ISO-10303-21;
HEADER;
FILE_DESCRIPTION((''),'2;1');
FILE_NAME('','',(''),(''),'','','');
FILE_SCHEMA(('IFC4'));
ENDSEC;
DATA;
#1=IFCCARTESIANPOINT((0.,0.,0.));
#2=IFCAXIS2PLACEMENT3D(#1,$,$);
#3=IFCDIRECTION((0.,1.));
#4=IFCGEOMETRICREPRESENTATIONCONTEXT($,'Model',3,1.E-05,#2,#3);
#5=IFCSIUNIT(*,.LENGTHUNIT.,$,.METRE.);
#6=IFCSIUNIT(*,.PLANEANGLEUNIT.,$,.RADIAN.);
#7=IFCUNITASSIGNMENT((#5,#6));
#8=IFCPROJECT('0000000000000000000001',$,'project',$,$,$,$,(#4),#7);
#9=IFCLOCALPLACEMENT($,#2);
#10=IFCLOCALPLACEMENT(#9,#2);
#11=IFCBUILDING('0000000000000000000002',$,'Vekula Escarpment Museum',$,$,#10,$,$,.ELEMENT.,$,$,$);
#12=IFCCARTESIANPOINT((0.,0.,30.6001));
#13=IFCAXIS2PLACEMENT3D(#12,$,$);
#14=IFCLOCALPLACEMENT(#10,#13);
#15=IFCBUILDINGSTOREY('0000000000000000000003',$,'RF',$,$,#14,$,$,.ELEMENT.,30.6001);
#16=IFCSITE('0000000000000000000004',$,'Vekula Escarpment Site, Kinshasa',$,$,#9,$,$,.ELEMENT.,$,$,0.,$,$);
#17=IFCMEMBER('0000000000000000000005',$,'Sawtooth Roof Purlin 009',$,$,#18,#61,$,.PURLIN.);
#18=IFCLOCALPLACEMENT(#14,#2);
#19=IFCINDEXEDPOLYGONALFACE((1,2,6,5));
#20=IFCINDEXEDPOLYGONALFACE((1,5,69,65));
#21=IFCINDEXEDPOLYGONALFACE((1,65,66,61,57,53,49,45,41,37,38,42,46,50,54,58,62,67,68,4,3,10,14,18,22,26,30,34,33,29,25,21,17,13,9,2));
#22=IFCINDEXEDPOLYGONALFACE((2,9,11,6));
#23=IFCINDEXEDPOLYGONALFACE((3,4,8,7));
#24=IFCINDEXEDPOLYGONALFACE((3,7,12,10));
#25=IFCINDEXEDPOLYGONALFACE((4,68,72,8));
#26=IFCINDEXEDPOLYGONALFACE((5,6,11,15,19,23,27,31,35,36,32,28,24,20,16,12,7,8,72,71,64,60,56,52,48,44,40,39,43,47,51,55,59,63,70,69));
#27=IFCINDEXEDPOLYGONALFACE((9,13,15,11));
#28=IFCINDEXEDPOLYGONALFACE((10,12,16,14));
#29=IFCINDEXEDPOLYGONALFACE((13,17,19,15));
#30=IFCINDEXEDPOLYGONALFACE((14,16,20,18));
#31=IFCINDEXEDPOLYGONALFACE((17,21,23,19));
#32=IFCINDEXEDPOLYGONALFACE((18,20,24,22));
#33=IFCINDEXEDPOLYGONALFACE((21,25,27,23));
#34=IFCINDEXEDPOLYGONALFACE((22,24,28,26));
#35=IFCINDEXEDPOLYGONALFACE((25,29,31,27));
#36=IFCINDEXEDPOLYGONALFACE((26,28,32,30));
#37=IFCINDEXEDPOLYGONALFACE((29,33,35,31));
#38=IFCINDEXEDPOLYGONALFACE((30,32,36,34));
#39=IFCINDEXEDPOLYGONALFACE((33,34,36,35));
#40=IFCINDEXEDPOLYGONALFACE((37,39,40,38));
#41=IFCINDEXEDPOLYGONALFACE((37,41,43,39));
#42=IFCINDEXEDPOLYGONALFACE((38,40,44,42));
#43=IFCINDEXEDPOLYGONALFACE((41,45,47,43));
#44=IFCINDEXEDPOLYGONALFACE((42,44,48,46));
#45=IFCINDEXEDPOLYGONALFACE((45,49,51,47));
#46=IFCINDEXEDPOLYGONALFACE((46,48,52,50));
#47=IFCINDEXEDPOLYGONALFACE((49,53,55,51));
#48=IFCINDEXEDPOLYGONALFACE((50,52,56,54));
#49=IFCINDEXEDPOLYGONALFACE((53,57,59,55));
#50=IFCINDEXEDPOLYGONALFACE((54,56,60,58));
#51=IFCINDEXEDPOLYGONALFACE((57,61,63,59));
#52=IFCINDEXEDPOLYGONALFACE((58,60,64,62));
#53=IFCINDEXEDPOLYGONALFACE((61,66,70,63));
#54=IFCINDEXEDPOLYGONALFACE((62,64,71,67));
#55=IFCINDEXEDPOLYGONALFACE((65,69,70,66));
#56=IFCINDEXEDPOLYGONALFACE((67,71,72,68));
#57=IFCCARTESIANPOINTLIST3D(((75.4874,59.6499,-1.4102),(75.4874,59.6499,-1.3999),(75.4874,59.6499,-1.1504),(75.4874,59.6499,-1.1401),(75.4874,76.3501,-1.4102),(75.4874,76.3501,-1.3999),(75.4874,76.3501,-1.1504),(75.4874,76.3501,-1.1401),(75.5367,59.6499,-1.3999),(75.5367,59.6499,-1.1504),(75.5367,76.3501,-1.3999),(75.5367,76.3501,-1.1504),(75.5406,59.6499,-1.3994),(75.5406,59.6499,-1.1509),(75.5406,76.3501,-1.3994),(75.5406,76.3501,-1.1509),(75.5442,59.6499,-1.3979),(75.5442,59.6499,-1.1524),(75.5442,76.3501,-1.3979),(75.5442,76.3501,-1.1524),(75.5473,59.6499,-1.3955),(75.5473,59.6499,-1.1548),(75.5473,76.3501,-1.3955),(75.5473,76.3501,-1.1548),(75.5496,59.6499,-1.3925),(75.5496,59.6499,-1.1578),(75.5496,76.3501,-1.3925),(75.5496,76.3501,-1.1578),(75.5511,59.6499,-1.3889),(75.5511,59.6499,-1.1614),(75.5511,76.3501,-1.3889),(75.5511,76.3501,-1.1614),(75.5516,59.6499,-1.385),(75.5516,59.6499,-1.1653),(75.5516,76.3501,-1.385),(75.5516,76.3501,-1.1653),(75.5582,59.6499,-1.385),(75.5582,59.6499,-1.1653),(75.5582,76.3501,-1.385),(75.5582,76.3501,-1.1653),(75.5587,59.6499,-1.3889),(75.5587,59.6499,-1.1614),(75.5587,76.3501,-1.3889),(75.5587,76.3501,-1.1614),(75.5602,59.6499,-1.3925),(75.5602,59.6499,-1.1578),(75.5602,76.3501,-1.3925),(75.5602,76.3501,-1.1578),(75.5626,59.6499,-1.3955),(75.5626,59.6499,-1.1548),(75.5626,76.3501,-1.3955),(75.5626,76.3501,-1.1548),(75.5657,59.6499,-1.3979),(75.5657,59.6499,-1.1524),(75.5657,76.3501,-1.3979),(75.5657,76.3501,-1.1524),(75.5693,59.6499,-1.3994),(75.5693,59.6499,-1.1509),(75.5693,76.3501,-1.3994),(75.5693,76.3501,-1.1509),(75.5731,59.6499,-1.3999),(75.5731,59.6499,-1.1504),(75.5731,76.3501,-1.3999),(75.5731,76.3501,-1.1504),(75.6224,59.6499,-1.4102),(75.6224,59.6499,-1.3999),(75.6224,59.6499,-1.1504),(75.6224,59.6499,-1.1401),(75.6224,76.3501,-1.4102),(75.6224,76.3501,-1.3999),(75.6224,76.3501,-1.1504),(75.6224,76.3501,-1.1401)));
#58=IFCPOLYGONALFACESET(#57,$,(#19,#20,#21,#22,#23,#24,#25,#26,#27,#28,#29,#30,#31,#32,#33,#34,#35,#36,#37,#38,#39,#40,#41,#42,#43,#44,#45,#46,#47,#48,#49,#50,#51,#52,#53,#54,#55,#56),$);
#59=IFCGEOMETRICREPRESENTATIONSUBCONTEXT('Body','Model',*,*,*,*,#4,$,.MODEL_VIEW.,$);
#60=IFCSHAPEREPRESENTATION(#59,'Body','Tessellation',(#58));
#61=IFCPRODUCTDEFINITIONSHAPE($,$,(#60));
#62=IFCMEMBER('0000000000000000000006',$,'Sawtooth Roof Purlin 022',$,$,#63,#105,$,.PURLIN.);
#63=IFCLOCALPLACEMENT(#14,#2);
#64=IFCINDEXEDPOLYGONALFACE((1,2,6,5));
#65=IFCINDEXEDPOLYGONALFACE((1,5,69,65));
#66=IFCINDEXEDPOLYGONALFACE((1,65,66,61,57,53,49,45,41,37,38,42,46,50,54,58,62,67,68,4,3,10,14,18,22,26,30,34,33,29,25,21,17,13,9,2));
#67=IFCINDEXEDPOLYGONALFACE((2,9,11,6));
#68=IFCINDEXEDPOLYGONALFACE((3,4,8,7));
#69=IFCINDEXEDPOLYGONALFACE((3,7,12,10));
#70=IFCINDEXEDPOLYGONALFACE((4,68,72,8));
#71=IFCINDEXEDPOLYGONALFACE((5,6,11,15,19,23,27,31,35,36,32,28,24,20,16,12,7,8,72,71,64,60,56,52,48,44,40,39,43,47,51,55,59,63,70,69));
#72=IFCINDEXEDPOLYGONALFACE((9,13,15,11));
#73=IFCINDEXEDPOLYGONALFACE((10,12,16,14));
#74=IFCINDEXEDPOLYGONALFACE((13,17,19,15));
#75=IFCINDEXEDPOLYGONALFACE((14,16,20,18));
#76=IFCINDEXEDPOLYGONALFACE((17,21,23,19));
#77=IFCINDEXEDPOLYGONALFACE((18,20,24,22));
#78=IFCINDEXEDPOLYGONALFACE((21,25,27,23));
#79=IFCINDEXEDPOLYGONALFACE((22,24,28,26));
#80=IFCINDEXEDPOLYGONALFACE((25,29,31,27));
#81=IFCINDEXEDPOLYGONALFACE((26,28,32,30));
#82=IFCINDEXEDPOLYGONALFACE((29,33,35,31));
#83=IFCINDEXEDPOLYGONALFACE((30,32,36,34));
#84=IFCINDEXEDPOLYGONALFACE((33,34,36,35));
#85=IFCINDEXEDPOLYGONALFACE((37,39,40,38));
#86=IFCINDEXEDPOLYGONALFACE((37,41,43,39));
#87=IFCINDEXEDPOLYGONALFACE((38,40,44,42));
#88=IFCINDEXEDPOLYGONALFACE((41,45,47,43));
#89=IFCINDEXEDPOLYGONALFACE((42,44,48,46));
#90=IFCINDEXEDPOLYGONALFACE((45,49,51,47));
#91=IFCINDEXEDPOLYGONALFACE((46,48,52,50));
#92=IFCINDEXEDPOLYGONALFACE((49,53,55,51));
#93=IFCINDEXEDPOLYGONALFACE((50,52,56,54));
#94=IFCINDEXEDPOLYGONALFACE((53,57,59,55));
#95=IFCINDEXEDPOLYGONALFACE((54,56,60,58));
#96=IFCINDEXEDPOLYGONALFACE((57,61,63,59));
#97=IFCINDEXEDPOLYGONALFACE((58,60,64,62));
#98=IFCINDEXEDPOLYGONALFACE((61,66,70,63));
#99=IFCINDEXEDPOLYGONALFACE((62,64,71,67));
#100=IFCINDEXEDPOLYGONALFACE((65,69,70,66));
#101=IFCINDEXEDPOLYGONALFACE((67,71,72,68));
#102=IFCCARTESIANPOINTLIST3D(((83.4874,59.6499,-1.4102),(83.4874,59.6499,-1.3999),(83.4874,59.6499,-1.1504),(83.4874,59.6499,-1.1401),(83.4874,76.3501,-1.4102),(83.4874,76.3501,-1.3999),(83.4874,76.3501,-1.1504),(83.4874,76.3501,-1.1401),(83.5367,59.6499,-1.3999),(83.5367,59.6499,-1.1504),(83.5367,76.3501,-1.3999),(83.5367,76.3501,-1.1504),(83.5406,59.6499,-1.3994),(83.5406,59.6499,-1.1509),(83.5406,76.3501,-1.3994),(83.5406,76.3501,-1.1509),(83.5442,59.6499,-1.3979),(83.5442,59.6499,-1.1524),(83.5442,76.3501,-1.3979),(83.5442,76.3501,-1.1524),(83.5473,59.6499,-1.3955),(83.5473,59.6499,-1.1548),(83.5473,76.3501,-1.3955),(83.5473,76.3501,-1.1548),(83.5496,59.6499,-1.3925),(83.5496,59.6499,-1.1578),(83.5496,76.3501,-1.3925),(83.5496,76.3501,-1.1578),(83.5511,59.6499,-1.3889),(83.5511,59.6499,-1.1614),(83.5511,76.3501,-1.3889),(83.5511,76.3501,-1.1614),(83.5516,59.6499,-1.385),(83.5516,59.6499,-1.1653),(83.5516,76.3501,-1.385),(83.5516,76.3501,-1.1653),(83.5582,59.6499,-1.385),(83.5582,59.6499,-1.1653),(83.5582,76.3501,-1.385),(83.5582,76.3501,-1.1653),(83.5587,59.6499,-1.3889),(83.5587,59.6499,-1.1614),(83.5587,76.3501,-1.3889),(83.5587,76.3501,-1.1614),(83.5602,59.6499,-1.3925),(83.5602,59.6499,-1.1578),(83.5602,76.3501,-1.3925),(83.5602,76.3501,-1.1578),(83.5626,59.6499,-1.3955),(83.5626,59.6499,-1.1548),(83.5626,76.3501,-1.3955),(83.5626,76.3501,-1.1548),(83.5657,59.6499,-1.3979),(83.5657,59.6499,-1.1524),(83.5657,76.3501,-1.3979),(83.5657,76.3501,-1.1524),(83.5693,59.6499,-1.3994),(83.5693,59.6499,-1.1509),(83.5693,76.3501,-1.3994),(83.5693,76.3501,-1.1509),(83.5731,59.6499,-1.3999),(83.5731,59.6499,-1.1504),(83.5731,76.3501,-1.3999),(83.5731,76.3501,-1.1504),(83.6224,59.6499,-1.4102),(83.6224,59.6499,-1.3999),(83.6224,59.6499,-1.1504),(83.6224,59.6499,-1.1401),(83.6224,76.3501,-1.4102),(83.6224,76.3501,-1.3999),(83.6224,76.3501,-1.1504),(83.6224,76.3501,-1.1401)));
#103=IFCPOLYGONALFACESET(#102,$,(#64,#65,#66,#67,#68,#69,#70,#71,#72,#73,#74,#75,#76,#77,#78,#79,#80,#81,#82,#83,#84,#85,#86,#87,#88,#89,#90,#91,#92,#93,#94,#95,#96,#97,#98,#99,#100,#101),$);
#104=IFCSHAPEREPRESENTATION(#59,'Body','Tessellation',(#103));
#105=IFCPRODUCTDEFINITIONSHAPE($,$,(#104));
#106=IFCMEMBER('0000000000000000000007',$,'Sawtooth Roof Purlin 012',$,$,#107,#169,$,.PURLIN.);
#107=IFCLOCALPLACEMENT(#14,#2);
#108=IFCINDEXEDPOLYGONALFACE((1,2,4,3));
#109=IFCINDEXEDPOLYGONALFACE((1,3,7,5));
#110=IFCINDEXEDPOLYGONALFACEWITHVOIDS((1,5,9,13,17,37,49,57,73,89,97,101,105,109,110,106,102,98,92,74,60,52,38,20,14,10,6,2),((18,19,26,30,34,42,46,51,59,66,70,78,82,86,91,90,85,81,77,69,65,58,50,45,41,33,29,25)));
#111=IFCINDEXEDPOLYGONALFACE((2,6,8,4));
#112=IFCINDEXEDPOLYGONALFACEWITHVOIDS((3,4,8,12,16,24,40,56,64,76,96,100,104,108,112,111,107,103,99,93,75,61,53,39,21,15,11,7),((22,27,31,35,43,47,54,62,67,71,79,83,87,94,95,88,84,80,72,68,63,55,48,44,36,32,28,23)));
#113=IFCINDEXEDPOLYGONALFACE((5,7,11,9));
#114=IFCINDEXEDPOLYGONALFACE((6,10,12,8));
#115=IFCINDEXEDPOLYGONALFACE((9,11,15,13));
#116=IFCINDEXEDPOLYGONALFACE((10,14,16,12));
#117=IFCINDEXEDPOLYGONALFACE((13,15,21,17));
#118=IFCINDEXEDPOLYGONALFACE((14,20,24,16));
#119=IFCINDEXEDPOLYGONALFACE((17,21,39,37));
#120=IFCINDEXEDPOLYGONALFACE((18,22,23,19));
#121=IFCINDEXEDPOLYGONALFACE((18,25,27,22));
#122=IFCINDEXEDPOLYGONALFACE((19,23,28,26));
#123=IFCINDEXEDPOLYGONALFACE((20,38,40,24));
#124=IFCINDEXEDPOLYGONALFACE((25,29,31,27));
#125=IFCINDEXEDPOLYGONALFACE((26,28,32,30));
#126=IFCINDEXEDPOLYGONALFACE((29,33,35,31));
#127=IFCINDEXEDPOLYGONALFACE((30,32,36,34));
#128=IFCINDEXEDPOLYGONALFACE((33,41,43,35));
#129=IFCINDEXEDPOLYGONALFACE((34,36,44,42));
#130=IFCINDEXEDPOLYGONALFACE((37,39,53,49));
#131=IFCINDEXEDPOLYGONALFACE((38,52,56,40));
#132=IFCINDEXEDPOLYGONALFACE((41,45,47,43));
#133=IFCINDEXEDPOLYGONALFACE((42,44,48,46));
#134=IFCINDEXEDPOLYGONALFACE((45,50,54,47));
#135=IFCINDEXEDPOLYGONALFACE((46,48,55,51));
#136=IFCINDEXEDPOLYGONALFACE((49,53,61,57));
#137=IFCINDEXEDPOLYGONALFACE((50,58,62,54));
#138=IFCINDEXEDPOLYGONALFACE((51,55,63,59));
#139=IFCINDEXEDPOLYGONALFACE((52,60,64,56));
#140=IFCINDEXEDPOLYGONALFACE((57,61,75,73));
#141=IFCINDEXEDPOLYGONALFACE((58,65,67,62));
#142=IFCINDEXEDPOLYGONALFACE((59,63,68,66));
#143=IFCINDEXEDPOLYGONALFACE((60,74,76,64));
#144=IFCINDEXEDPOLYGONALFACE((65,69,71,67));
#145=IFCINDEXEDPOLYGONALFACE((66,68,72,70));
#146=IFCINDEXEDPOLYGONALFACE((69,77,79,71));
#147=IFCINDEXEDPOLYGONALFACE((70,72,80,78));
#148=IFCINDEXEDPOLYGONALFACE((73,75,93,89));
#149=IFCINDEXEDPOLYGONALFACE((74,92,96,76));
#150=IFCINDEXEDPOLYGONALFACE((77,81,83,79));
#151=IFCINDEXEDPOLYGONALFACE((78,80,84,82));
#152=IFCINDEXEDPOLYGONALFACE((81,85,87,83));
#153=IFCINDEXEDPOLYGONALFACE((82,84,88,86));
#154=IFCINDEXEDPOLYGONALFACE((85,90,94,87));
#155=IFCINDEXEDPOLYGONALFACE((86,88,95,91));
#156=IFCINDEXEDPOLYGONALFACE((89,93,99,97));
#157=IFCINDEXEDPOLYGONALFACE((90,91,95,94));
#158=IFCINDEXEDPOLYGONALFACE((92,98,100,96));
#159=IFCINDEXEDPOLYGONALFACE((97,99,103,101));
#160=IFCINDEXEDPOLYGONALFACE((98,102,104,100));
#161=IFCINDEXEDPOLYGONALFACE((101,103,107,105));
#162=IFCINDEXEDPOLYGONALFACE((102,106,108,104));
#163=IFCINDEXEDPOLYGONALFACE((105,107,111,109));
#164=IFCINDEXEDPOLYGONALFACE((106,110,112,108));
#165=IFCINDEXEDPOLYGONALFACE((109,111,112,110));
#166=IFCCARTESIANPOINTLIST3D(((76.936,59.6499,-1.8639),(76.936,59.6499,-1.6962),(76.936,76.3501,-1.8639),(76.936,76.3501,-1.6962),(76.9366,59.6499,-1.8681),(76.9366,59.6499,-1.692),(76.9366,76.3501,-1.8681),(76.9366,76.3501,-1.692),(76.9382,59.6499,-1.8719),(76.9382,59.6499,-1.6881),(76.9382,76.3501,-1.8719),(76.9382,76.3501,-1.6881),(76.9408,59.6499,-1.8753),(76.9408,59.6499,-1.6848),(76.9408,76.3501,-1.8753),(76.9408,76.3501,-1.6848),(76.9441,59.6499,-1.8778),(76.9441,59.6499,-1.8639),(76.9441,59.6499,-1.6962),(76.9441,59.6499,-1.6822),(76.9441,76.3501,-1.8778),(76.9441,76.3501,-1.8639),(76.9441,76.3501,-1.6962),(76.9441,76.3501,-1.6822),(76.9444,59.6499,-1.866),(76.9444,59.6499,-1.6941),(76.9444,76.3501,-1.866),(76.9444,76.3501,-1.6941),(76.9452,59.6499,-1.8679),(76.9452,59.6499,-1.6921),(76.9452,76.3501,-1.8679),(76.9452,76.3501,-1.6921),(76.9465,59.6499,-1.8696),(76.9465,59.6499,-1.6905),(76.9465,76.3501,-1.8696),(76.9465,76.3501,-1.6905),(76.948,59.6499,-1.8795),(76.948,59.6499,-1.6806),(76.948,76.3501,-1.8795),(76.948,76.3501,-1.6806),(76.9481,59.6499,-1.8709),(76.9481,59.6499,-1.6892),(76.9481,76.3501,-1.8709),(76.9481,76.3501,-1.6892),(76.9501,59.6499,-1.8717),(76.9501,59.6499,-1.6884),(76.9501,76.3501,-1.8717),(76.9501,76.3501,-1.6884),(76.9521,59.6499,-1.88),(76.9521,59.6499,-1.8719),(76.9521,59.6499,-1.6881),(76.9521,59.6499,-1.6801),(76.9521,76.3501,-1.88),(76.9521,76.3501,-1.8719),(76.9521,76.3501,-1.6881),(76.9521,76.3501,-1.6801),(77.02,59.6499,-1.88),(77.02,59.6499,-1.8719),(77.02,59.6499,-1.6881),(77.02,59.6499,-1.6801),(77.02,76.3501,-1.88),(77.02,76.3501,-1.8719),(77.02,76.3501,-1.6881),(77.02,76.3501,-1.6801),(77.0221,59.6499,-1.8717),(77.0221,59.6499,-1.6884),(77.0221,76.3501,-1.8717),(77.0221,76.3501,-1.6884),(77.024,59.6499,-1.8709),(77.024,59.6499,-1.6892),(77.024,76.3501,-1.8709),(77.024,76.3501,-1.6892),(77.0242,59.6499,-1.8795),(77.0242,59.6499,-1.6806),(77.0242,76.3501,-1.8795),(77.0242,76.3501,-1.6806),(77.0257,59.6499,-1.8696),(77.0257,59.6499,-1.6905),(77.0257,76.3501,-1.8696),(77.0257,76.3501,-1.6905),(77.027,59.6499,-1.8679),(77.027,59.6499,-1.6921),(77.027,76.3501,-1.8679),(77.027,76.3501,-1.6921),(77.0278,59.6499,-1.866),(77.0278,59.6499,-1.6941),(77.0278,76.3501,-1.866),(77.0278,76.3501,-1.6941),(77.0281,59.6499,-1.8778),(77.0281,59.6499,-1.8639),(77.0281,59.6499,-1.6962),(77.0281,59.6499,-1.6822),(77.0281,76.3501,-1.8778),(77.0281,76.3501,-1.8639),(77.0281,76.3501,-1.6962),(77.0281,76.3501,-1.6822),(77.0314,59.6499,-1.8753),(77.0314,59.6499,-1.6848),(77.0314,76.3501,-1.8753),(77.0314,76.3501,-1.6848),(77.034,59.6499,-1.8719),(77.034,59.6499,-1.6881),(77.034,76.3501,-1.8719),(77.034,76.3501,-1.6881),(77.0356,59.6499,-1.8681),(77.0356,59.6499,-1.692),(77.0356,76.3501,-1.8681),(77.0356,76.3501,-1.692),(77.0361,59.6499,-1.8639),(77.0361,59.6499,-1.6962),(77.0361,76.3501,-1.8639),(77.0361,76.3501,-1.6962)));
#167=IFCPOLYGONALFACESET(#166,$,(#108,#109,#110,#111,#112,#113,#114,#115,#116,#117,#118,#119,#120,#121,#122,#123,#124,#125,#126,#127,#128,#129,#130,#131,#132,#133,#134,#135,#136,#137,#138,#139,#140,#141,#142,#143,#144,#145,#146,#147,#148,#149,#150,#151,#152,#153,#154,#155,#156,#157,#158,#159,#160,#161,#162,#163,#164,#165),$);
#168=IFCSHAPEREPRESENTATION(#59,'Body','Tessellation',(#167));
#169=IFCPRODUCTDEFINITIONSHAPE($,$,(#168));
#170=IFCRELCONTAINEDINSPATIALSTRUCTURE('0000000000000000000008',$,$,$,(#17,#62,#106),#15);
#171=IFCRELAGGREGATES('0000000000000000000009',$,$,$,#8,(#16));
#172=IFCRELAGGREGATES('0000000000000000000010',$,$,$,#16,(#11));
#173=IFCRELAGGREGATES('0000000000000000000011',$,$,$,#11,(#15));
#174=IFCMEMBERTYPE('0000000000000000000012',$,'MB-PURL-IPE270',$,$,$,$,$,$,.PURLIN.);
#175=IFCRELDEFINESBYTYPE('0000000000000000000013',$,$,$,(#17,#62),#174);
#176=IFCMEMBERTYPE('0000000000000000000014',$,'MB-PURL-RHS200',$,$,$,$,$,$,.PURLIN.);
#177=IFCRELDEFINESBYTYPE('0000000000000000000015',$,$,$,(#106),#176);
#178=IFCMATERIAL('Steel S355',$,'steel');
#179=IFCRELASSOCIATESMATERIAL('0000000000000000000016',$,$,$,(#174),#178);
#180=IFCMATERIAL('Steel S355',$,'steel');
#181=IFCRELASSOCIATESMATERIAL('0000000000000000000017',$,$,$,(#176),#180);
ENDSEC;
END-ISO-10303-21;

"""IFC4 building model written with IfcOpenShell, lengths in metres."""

from ifc_helpers import new_model, si_unit, direction, frame, origin, origin_2d, place, context, subcontext, project, spatial, hollow_rectangle, i_section, extrude, material, material_profile, profile_set, type_object, element, save


model = new_model("IFC4")

# Units and contexts
model_context = context("Model", 3, precision=1e-05, world=origin(), true_north=direction((0.0, 1.0)))
body_context = subcontext(model_context, "Body", "Model", "MODEL_VIEW")
ifc_project = project(units=[si_unit("LENGTHUNIT", "METRE"), si_unit("PLANEANGLEUNIT", "RADIAN")], contexts=[model_context])

# Site, building, storey
site_placement = place(None, origin())
site = spatial("IfcSite", under=ifc_project, at=site_placement, Name="Vekula Escarpment Site, Kinshasa", CompositionType="ELEMENT", RefElevation=0.0)
building_placement = place(site_placement, origin())
building = spatial("IfcBuilding", under=site, at=building_placement, Name="Vekula Escarpment Museum", CompositionType="ELEMENT")
storey_placement = place(building_placement, frame((0.0, 0.0, 30.6001)))
storey = spatial("IfcBuildingStorey", under=building, at=storey_placement, Name="RF", CompositionType="ELEMENT", Elevation=30.6001)

# Members
ifc_material_1 = material(Name="Steel S355", Category="steel")
ifc_material_profile_1 = material_profile(ifc_material_1, i_section(OverallWidth=0.135, OverallDepth=0.27, WebThickness=0.0066, FlangeThickness=0.0103, FilletRadius=0.0149, at=origin_2d()), Name="IPE 270")
ifc_profile_set_1 = profile_set([ifc_material_profile_1], Name="Steel S355")
member_type_1 = type_object("IfcMemberType", Name="MB-PURL-IPE270", PredefinedType="PURLIN", material=ifc_profile_set_1)
for number, where, z_axis, x_axis, name in (
    (1, (75.5549, 59.6499, -1.2751), (0.0, 1.0, 0.0), (-1.0, 0.0, 0.0), "Sawtooth Roof Purlin 009"),
    (2, (83.5549, 59.6499, -1.2751), (0.0, 1.0, 0.0), (-1.0, 0.0, 0.0), "Sawtooth Roof Purlin 022"),
):
    element("IfcMember", number, at=place(storey_placement, frame(where, z_axis=z_axis, x_axis=x_axis)), inside=storey, type_object=member_type_1, Name=name, PredefinedType="PURLIN", context=body_context, shape_type="SweptSolid", body=[
        extrude(i_section(OverallWidth=0.135, OverallDepth=0.27, WebThickness=0.0066, FlangeThickness=0.0103, FilletRadius=0.0149, at=origin_2d()), origin(), (0.0, 0.0, 1.0), 16.7002),
    ])
ifc_material_2 = material(Name="Steel S355", Category="steel")
ifc_material_profile_2 = material_profile(ifc_material_2, hollow_rectangle(XDim=0.1001, YDim=0.2, WallThickness=0.0081, InnerFilletRadius=0.0081, OuterFilletRadius=0.0161, at=origin_2d()), Name="RHS 200x100x8")
ifc_profile_set_2 = profile_set([ifc_material_profile_2], Name="Steel S355")
member_type_2 = type_object("IfcMemberType", Name="MB-PURL-RHS200", PredefinedType="PURLIN", material=ifc_profile_set_2)
for number, where, z_axis, x_axis, name in (
    (3, (76.9861, 59.6499, -1.78), (0.0, 1.0, 0.0), (-1.0, 0.0, 0.0), "Sawtooth Roof Purlin 012"),
):
    element("IfcMember", number, at=place(storey_placement, frame(where, z_axis=z_axis, x_axis=x_axis)), inside=storey, type_object=member_type_2, Name=name, PredefinedType="PURLIN", context=body_context, shape_type="SweptSolid", body=[
        extrude(hollow_rectangle(XDim=0.1001, YDim=0.2, WallThickness=0.0081, InnerFilletRadius=0.0081, OuterFilletRadius=0.0161, at=origin_2d()), origin(), (0.0, 0.0, 1.0), 16.7002),
    ])

save(model, "model.ifc")
